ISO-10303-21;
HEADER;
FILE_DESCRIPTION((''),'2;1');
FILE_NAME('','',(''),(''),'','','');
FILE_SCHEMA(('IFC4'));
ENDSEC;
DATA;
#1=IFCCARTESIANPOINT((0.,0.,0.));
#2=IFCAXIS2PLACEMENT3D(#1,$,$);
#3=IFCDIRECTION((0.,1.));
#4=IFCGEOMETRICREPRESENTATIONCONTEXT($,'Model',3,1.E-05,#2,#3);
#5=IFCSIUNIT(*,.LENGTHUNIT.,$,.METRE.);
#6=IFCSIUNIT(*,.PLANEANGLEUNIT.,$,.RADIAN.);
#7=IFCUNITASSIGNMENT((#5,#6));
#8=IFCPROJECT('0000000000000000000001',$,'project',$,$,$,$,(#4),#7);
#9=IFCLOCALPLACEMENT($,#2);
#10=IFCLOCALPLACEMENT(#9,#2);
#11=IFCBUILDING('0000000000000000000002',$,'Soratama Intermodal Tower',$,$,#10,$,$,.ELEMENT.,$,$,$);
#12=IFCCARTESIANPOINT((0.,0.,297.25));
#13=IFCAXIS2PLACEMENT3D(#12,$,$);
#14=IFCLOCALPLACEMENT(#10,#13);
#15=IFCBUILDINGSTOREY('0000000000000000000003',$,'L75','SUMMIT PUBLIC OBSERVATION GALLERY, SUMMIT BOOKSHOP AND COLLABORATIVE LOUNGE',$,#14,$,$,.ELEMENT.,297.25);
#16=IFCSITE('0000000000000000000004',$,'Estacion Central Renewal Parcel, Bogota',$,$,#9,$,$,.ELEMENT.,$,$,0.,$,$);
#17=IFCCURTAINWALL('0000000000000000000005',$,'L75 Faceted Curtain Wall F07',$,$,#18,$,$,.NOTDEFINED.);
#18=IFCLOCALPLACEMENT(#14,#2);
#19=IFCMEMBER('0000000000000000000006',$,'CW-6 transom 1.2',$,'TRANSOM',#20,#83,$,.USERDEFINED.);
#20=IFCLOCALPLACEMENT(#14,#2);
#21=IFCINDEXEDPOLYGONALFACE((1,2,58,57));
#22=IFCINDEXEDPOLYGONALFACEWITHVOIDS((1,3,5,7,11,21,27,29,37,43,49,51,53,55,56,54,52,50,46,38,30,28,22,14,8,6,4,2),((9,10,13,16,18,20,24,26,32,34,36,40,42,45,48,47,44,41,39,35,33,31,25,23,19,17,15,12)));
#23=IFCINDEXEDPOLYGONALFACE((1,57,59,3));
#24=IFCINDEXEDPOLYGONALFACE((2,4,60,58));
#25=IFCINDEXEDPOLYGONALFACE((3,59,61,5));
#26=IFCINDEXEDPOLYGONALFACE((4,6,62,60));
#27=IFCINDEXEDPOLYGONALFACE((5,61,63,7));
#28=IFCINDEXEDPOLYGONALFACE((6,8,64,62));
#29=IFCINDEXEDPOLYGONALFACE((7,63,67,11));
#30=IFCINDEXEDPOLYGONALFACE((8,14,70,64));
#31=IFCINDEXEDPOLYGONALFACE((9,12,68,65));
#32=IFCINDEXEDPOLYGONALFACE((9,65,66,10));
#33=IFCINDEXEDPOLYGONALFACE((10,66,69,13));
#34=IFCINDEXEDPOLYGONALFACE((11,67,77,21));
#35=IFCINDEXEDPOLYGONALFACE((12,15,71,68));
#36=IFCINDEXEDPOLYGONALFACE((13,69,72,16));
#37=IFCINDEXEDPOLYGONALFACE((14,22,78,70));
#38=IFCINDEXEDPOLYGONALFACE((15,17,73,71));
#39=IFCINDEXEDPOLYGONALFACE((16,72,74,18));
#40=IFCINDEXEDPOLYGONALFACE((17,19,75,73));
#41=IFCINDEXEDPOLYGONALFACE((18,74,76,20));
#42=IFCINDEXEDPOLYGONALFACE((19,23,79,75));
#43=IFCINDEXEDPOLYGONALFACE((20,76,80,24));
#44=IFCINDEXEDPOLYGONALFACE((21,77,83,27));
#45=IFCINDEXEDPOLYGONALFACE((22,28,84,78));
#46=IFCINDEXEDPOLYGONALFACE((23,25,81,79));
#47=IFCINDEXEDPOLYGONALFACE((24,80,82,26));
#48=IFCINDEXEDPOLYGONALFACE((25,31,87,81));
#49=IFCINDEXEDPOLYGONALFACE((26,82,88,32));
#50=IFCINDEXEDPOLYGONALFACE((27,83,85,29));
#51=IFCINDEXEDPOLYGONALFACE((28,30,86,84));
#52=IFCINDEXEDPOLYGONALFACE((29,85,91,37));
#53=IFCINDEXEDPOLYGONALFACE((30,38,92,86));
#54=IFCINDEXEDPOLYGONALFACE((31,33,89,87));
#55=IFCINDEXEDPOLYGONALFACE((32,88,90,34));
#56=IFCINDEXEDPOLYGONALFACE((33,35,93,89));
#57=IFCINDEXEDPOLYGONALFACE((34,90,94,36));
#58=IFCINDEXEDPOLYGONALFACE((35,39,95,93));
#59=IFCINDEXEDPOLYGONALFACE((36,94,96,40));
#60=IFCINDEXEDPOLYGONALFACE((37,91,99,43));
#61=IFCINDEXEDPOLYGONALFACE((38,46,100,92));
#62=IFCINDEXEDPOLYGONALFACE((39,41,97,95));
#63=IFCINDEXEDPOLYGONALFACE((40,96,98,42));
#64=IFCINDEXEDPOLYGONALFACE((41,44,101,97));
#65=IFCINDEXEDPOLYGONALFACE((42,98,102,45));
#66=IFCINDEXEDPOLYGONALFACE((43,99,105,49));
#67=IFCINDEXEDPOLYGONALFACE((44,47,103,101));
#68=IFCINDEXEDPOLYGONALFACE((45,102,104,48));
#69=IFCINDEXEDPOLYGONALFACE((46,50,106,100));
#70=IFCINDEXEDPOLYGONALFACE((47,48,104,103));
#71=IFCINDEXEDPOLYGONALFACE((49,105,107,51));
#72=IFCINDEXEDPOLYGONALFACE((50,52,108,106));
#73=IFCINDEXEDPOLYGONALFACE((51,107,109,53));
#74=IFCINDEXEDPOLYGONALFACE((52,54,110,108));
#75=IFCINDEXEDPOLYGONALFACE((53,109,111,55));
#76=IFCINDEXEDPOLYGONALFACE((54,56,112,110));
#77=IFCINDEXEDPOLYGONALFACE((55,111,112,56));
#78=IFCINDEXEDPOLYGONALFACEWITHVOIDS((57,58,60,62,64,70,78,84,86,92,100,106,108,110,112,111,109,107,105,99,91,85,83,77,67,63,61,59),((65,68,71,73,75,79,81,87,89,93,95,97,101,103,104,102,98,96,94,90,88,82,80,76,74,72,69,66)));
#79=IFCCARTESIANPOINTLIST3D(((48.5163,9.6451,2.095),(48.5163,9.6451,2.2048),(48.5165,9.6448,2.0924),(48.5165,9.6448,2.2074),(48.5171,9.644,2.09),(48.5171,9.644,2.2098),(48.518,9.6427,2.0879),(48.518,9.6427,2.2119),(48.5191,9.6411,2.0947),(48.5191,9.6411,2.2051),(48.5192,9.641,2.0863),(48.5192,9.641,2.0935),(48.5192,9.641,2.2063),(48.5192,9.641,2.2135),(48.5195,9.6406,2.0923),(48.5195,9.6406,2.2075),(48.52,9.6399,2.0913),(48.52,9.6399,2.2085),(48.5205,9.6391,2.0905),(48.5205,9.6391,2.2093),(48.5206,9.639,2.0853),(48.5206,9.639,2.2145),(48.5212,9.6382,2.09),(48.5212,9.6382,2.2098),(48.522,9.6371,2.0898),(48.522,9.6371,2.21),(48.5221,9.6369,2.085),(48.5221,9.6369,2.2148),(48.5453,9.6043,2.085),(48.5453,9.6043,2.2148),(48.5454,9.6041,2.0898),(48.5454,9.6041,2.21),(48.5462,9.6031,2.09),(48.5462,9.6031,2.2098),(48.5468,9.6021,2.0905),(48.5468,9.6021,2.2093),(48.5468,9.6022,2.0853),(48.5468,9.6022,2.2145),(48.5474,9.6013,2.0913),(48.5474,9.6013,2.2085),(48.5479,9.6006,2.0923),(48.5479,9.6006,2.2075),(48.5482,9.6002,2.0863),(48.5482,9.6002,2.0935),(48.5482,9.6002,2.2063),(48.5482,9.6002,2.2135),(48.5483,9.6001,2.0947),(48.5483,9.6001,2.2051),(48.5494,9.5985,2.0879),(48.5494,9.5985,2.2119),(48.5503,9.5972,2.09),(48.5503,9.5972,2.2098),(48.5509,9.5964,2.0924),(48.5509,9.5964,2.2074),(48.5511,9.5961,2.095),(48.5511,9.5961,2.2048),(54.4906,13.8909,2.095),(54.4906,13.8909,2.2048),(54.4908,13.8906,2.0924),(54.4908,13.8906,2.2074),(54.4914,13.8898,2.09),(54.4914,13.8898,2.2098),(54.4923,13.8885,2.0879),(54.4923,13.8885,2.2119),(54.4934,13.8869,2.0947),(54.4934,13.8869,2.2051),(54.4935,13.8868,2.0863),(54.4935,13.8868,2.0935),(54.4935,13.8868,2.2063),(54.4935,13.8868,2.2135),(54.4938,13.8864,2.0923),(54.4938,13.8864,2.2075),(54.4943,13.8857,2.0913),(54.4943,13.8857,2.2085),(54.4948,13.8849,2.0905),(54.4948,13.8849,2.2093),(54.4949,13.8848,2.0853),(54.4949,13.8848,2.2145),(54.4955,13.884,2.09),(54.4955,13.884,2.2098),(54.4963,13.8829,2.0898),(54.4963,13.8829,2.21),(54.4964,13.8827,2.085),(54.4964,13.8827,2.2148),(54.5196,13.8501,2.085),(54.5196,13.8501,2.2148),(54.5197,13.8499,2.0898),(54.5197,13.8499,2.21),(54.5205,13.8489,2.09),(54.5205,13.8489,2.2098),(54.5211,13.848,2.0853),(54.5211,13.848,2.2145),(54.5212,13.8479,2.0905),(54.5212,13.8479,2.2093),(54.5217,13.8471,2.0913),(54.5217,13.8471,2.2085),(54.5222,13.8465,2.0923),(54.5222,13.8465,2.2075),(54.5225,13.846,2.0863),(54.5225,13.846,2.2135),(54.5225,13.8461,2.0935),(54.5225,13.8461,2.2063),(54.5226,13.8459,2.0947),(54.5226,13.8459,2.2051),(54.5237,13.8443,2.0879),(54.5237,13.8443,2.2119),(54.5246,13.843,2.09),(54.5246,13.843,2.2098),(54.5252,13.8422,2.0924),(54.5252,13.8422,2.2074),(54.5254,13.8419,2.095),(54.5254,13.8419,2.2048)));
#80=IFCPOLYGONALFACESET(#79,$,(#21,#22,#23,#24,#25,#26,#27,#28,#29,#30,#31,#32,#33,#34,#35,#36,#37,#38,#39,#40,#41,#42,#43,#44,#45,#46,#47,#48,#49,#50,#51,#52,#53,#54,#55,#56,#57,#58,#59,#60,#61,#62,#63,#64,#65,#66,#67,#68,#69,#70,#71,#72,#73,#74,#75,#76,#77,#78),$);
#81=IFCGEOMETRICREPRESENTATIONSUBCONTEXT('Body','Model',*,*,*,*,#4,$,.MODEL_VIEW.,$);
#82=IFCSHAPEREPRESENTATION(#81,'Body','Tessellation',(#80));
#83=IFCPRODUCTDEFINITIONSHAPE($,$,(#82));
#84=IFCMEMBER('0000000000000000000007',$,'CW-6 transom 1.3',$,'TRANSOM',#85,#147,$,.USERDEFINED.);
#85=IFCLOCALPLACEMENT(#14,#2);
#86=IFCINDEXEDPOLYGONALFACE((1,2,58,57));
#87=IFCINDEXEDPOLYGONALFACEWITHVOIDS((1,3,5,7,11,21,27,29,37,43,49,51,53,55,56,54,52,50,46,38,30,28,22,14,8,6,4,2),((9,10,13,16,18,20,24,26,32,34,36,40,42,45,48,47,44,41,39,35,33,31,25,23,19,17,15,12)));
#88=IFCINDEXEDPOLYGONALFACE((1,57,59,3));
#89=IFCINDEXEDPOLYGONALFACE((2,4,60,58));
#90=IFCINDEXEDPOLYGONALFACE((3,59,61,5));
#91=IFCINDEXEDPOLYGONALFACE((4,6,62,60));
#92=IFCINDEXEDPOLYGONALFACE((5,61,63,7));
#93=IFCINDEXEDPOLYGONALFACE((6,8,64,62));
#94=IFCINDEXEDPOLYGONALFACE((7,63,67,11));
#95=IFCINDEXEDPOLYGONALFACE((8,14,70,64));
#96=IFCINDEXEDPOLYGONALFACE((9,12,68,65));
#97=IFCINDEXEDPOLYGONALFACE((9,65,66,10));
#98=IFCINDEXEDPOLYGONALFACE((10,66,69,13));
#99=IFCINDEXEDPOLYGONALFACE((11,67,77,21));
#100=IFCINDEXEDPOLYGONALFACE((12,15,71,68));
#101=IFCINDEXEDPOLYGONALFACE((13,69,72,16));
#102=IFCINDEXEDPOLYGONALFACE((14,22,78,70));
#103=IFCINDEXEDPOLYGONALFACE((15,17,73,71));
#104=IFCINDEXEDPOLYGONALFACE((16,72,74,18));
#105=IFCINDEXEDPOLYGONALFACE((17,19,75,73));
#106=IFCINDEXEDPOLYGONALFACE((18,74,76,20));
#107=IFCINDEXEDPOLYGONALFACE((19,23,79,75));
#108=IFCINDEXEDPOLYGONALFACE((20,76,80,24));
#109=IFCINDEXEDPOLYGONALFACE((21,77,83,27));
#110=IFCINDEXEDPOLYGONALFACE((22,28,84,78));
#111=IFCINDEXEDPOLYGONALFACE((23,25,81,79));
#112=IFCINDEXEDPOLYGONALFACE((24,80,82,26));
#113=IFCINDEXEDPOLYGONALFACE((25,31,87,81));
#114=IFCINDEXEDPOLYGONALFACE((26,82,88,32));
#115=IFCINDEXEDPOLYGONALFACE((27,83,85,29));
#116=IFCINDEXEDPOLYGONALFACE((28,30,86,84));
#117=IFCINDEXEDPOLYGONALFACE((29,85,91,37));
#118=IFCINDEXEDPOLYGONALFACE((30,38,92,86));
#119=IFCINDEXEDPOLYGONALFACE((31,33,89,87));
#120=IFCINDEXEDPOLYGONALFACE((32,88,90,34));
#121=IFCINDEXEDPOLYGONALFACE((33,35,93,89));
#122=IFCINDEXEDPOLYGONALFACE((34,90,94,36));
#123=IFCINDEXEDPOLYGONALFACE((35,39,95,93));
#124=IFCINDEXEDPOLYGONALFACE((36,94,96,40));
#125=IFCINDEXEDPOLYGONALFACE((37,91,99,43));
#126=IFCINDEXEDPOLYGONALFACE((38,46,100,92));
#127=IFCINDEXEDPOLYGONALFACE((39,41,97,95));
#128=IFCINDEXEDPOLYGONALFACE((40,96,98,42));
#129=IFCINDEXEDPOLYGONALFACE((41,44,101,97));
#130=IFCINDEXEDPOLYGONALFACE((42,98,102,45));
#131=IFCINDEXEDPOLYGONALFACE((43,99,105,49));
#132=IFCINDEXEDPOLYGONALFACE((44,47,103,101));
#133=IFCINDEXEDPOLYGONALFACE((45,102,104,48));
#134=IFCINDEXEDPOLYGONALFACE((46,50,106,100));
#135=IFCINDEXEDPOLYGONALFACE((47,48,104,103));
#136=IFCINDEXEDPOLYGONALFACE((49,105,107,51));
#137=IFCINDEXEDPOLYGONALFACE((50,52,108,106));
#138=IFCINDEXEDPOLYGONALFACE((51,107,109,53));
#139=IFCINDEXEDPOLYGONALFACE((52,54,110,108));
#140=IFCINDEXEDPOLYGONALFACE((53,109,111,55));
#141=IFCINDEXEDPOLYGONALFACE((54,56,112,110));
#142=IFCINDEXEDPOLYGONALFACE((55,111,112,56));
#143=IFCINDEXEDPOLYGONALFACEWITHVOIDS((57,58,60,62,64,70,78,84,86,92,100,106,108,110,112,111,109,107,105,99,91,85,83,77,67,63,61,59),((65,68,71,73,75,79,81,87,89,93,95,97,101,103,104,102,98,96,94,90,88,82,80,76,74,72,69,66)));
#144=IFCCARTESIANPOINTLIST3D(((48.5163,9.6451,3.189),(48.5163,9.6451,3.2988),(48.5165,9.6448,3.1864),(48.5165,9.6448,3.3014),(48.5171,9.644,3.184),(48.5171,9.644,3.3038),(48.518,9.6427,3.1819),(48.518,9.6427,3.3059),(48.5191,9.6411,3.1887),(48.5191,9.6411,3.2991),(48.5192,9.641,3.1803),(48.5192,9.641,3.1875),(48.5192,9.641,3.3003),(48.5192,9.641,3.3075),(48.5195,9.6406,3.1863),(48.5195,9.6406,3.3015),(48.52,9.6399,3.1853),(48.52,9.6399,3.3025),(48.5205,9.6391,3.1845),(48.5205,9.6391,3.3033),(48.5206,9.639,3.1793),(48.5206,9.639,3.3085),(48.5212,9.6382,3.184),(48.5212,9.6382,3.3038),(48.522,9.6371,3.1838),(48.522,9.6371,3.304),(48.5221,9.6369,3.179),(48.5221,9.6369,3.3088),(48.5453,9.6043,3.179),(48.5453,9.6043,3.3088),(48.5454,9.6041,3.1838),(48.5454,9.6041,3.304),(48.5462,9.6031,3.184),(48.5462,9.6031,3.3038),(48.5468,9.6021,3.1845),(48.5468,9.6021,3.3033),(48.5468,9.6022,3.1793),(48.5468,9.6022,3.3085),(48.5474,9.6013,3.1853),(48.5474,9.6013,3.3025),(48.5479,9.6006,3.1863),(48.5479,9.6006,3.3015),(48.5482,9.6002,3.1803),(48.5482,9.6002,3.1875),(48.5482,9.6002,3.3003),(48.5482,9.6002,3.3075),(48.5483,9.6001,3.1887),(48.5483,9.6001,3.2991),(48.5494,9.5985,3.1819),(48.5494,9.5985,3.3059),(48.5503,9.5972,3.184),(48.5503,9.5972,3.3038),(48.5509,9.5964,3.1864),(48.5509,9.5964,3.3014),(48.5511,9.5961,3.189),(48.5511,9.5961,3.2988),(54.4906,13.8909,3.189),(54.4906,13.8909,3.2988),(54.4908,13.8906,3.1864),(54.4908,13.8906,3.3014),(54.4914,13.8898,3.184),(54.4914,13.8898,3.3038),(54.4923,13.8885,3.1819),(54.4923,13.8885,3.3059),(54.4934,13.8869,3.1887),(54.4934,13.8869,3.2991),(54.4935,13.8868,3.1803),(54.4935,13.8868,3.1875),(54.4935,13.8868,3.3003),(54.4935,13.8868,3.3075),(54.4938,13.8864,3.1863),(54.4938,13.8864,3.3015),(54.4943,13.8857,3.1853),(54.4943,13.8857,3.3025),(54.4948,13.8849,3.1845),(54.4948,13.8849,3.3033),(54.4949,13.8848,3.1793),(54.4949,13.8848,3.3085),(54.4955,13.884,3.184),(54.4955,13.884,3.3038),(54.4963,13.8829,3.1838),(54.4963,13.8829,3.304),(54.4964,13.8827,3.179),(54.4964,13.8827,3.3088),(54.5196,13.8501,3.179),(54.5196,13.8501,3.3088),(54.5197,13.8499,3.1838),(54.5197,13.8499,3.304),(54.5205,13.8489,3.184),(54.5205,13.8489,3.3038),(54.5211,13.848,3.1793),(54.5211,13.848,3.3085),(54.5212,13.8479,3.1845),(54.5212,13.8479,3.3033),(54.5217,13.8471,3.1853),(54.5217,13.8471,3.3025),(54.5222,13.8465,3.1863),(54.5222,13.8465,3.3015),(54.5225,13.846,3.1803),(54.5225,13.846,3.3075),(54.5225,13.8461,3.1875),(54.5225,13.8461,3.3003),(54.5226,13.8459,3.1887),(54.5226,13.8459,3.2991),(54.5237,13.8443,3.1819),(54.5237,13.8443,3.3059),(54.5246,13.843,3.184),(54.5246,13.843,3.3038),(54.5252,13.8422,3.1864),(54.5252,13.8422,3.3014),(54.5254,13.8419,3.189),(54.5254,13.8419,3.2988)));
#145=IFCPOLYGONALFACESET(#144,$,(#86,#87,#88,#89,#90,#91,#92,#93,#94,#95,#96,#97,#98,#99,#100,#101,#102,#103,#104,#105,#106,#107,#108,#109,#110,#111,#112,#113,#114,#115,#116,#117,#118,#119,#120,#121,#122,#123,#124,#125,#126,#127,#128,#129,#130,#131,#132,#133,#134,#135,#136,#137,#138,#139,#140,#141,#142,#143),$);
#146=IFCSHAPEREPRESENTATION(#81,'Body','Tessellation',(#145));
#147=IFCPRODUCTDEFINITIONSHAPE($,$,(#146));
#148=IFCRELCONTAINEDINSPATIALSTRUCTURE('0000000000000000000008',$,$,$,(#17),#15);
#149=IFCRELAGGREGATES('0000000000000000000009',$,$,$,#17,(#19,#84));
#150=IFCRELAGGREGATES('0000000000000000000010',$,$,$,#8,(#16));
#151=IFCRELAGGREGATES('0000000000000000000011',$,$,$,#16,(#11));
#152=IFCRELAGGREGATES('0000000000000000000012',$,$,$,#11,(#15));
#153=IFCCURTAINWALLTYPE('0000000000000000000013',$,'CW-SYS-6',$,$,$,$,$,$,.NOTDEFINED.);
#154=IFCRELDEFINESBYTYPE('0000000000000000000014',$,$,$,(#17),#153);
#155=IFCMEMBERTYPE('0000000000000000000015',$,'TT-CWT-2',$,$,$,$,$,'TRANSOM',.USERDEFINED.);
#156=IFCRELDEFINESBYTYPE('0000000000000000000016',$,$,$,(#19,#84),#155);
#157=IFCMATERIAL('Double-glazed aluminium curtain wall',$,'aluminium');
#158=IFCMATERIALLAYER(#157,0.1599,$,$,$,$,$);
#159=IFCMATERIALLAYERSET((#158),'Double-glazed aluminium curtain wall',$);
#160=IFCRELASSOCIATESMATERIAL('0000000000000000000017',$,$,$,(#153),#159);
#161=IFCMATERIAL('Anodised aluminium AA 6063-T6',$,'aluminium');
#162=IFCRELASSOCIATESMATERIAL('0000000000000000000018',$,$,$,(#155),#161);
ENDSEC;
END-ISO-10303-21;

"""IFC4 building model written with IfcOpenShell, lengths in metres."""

from ifc_helpers import new_model, si_unit, direction, frame, origin, origin_2d, place, context, subcontext, project, spatial, hollow_rectangle, extrude, material, layer, layer_set, material_profile, profile_set, type_object, element, aggregate, save


model = new_model("IFC4")

# Units and contexts
model_context = context("Model", 3, precision=1e-05, world=origin(), true_north=direction((0.0, 1.0)))
body_context = subcontext(model_context, "Body", "Model", "MODEL_VIEW")
ifc_project = project(units=[si_unit("LENGTHUNIT", "METRE"), si_unit("PLANEANGLEUNIT", "RADIAN")], contexts=[model_context])

# Site, building, storey
site_placement = place(None, origin())
site = spatial("IfcSite", under=ifc_project, at=site_placement, Name="Estacion Central Renewal Parcel, Bogota", CompositionType="ELEMENT", RefElevation=0.0)
building_placement = place(site_placement, origin())
building = spatial("IfcBuilding", under=site, at=building_placement, Name="Soratama Intermodal Tower", CompositionType="ELEMENT")
storey_placement = place(building_placement, frame((0.0, 0.0, 297.25)))
storey = spatial("IfcBuildingStorey", under=building, at=storey_placement, Name="L75", Description="SUMMIT PUBLIC OBSERVATION GALLERY, SUMMIT BOOKSHOP AND COLLABORATIVE LOUNGE", CompositionType="ELEMENT", Elevation=297.25)

# Curtain wall
ifc_material_1 = material(Name="Double-glazed aluminium curtain wall", Category="aluminium")
ifc_layer_1 = layer(ifc_material_1, 0.1599)
ifc_layer_set_1 = layer_set([ifc_layer_1], Name="Double-glazed aluminium curtain wall")
curtain_wall_type = type_object("IfcCurtainWallType", Name="CW-SYS-6", PredefinedType="NOTDEFINED", material=ifc_layer_set_1)
curtain_wall_1_placement = place(storey_placement, origin())
curtain_wall_1 = element("IfcCurtainWall", 1, at=curtain_wall_1_placement, inside=storey, type_object=curtain_wall_type, Name="L75 Faceted Curtain Wall F07", PredefinedType="NOTDEFINED")

# Members
ifc_material_2 = material(Name="Anodised aluminium AA 6063-T6", Category="aluminium")
ifc_material_profile_1 = material_profile(ifc_material_2, hollow_rectangle(XDim=0.0601, YDim=0.1299, WallThickness=0.0049, InnerFilletRadius=0.0049, OuterFilletRadius=0.01, at=origin_2d()), Name="CWT130X60X5")
ifc_profile_set_1 = profile_set([ifc_material_profile_1], Name="Anodised aluminium AA 6063-T6")
member_type_1 = type_object("IfcMemberType", Name="TT-CWT-2", ElementType="TRANSOM", PredefinedType="USERDEFINED", material=ifc_profile_set_1)
member_1_placement = place(storey_placement, frame((48.5337, 9.6206, 2.1499), z_axis=(0.815122, 0.579289, 0.0), x_axis=(-0.579289, 0.815122, 0.0)))
member_1 = element("IfcMember", 2, at=member_1_placement, type_object=member_type_1, Name="CW-6 transom 1.2", ObjectType="TRANSOM", PredefinedType="USERDEFINED", context=body_context, shape_type="SweptSolid", body=[
    extrude(hollow_rectangle(XDim=0.0601, YDim=0.1299, WallThickness=0.0049, InnerFilletRadius=0.0049, OuterFilletRadius=0.01, at=origin_2d()), origin(), (0.0, 0.0, 1.0), 7.3293),
])
member_2_placement = place(storey_placement, frame((48.5337, 9.6206, 3.2439), z_axis=(0.815122, 0.579289, 0.0), x_axis=(-0.579289, 0.815122, 0.0)))
member_2 = element("IfcMember", 3, at=member_2_placement, type_object=member_type_1, Name="CW-6 transom 1.3", ObjectType="TRANSOM", PredefinedType="USERDEFINED", context=body_context, shape_type="SweptSolid", body=[
    extrude(hollow_rectangle(XDim=0.0601, YDim=0.1299, WallThickness=0.0049, InnerFilletRadius=0.0049, OuterFilletRadius=0.01, at=origin_2d()), origin(), (0.0, 0.0, 1.0), 7.3293),
])

aggregate(curtain_wall_1, [member_1, member_2])

save(model, "model.ifc")
